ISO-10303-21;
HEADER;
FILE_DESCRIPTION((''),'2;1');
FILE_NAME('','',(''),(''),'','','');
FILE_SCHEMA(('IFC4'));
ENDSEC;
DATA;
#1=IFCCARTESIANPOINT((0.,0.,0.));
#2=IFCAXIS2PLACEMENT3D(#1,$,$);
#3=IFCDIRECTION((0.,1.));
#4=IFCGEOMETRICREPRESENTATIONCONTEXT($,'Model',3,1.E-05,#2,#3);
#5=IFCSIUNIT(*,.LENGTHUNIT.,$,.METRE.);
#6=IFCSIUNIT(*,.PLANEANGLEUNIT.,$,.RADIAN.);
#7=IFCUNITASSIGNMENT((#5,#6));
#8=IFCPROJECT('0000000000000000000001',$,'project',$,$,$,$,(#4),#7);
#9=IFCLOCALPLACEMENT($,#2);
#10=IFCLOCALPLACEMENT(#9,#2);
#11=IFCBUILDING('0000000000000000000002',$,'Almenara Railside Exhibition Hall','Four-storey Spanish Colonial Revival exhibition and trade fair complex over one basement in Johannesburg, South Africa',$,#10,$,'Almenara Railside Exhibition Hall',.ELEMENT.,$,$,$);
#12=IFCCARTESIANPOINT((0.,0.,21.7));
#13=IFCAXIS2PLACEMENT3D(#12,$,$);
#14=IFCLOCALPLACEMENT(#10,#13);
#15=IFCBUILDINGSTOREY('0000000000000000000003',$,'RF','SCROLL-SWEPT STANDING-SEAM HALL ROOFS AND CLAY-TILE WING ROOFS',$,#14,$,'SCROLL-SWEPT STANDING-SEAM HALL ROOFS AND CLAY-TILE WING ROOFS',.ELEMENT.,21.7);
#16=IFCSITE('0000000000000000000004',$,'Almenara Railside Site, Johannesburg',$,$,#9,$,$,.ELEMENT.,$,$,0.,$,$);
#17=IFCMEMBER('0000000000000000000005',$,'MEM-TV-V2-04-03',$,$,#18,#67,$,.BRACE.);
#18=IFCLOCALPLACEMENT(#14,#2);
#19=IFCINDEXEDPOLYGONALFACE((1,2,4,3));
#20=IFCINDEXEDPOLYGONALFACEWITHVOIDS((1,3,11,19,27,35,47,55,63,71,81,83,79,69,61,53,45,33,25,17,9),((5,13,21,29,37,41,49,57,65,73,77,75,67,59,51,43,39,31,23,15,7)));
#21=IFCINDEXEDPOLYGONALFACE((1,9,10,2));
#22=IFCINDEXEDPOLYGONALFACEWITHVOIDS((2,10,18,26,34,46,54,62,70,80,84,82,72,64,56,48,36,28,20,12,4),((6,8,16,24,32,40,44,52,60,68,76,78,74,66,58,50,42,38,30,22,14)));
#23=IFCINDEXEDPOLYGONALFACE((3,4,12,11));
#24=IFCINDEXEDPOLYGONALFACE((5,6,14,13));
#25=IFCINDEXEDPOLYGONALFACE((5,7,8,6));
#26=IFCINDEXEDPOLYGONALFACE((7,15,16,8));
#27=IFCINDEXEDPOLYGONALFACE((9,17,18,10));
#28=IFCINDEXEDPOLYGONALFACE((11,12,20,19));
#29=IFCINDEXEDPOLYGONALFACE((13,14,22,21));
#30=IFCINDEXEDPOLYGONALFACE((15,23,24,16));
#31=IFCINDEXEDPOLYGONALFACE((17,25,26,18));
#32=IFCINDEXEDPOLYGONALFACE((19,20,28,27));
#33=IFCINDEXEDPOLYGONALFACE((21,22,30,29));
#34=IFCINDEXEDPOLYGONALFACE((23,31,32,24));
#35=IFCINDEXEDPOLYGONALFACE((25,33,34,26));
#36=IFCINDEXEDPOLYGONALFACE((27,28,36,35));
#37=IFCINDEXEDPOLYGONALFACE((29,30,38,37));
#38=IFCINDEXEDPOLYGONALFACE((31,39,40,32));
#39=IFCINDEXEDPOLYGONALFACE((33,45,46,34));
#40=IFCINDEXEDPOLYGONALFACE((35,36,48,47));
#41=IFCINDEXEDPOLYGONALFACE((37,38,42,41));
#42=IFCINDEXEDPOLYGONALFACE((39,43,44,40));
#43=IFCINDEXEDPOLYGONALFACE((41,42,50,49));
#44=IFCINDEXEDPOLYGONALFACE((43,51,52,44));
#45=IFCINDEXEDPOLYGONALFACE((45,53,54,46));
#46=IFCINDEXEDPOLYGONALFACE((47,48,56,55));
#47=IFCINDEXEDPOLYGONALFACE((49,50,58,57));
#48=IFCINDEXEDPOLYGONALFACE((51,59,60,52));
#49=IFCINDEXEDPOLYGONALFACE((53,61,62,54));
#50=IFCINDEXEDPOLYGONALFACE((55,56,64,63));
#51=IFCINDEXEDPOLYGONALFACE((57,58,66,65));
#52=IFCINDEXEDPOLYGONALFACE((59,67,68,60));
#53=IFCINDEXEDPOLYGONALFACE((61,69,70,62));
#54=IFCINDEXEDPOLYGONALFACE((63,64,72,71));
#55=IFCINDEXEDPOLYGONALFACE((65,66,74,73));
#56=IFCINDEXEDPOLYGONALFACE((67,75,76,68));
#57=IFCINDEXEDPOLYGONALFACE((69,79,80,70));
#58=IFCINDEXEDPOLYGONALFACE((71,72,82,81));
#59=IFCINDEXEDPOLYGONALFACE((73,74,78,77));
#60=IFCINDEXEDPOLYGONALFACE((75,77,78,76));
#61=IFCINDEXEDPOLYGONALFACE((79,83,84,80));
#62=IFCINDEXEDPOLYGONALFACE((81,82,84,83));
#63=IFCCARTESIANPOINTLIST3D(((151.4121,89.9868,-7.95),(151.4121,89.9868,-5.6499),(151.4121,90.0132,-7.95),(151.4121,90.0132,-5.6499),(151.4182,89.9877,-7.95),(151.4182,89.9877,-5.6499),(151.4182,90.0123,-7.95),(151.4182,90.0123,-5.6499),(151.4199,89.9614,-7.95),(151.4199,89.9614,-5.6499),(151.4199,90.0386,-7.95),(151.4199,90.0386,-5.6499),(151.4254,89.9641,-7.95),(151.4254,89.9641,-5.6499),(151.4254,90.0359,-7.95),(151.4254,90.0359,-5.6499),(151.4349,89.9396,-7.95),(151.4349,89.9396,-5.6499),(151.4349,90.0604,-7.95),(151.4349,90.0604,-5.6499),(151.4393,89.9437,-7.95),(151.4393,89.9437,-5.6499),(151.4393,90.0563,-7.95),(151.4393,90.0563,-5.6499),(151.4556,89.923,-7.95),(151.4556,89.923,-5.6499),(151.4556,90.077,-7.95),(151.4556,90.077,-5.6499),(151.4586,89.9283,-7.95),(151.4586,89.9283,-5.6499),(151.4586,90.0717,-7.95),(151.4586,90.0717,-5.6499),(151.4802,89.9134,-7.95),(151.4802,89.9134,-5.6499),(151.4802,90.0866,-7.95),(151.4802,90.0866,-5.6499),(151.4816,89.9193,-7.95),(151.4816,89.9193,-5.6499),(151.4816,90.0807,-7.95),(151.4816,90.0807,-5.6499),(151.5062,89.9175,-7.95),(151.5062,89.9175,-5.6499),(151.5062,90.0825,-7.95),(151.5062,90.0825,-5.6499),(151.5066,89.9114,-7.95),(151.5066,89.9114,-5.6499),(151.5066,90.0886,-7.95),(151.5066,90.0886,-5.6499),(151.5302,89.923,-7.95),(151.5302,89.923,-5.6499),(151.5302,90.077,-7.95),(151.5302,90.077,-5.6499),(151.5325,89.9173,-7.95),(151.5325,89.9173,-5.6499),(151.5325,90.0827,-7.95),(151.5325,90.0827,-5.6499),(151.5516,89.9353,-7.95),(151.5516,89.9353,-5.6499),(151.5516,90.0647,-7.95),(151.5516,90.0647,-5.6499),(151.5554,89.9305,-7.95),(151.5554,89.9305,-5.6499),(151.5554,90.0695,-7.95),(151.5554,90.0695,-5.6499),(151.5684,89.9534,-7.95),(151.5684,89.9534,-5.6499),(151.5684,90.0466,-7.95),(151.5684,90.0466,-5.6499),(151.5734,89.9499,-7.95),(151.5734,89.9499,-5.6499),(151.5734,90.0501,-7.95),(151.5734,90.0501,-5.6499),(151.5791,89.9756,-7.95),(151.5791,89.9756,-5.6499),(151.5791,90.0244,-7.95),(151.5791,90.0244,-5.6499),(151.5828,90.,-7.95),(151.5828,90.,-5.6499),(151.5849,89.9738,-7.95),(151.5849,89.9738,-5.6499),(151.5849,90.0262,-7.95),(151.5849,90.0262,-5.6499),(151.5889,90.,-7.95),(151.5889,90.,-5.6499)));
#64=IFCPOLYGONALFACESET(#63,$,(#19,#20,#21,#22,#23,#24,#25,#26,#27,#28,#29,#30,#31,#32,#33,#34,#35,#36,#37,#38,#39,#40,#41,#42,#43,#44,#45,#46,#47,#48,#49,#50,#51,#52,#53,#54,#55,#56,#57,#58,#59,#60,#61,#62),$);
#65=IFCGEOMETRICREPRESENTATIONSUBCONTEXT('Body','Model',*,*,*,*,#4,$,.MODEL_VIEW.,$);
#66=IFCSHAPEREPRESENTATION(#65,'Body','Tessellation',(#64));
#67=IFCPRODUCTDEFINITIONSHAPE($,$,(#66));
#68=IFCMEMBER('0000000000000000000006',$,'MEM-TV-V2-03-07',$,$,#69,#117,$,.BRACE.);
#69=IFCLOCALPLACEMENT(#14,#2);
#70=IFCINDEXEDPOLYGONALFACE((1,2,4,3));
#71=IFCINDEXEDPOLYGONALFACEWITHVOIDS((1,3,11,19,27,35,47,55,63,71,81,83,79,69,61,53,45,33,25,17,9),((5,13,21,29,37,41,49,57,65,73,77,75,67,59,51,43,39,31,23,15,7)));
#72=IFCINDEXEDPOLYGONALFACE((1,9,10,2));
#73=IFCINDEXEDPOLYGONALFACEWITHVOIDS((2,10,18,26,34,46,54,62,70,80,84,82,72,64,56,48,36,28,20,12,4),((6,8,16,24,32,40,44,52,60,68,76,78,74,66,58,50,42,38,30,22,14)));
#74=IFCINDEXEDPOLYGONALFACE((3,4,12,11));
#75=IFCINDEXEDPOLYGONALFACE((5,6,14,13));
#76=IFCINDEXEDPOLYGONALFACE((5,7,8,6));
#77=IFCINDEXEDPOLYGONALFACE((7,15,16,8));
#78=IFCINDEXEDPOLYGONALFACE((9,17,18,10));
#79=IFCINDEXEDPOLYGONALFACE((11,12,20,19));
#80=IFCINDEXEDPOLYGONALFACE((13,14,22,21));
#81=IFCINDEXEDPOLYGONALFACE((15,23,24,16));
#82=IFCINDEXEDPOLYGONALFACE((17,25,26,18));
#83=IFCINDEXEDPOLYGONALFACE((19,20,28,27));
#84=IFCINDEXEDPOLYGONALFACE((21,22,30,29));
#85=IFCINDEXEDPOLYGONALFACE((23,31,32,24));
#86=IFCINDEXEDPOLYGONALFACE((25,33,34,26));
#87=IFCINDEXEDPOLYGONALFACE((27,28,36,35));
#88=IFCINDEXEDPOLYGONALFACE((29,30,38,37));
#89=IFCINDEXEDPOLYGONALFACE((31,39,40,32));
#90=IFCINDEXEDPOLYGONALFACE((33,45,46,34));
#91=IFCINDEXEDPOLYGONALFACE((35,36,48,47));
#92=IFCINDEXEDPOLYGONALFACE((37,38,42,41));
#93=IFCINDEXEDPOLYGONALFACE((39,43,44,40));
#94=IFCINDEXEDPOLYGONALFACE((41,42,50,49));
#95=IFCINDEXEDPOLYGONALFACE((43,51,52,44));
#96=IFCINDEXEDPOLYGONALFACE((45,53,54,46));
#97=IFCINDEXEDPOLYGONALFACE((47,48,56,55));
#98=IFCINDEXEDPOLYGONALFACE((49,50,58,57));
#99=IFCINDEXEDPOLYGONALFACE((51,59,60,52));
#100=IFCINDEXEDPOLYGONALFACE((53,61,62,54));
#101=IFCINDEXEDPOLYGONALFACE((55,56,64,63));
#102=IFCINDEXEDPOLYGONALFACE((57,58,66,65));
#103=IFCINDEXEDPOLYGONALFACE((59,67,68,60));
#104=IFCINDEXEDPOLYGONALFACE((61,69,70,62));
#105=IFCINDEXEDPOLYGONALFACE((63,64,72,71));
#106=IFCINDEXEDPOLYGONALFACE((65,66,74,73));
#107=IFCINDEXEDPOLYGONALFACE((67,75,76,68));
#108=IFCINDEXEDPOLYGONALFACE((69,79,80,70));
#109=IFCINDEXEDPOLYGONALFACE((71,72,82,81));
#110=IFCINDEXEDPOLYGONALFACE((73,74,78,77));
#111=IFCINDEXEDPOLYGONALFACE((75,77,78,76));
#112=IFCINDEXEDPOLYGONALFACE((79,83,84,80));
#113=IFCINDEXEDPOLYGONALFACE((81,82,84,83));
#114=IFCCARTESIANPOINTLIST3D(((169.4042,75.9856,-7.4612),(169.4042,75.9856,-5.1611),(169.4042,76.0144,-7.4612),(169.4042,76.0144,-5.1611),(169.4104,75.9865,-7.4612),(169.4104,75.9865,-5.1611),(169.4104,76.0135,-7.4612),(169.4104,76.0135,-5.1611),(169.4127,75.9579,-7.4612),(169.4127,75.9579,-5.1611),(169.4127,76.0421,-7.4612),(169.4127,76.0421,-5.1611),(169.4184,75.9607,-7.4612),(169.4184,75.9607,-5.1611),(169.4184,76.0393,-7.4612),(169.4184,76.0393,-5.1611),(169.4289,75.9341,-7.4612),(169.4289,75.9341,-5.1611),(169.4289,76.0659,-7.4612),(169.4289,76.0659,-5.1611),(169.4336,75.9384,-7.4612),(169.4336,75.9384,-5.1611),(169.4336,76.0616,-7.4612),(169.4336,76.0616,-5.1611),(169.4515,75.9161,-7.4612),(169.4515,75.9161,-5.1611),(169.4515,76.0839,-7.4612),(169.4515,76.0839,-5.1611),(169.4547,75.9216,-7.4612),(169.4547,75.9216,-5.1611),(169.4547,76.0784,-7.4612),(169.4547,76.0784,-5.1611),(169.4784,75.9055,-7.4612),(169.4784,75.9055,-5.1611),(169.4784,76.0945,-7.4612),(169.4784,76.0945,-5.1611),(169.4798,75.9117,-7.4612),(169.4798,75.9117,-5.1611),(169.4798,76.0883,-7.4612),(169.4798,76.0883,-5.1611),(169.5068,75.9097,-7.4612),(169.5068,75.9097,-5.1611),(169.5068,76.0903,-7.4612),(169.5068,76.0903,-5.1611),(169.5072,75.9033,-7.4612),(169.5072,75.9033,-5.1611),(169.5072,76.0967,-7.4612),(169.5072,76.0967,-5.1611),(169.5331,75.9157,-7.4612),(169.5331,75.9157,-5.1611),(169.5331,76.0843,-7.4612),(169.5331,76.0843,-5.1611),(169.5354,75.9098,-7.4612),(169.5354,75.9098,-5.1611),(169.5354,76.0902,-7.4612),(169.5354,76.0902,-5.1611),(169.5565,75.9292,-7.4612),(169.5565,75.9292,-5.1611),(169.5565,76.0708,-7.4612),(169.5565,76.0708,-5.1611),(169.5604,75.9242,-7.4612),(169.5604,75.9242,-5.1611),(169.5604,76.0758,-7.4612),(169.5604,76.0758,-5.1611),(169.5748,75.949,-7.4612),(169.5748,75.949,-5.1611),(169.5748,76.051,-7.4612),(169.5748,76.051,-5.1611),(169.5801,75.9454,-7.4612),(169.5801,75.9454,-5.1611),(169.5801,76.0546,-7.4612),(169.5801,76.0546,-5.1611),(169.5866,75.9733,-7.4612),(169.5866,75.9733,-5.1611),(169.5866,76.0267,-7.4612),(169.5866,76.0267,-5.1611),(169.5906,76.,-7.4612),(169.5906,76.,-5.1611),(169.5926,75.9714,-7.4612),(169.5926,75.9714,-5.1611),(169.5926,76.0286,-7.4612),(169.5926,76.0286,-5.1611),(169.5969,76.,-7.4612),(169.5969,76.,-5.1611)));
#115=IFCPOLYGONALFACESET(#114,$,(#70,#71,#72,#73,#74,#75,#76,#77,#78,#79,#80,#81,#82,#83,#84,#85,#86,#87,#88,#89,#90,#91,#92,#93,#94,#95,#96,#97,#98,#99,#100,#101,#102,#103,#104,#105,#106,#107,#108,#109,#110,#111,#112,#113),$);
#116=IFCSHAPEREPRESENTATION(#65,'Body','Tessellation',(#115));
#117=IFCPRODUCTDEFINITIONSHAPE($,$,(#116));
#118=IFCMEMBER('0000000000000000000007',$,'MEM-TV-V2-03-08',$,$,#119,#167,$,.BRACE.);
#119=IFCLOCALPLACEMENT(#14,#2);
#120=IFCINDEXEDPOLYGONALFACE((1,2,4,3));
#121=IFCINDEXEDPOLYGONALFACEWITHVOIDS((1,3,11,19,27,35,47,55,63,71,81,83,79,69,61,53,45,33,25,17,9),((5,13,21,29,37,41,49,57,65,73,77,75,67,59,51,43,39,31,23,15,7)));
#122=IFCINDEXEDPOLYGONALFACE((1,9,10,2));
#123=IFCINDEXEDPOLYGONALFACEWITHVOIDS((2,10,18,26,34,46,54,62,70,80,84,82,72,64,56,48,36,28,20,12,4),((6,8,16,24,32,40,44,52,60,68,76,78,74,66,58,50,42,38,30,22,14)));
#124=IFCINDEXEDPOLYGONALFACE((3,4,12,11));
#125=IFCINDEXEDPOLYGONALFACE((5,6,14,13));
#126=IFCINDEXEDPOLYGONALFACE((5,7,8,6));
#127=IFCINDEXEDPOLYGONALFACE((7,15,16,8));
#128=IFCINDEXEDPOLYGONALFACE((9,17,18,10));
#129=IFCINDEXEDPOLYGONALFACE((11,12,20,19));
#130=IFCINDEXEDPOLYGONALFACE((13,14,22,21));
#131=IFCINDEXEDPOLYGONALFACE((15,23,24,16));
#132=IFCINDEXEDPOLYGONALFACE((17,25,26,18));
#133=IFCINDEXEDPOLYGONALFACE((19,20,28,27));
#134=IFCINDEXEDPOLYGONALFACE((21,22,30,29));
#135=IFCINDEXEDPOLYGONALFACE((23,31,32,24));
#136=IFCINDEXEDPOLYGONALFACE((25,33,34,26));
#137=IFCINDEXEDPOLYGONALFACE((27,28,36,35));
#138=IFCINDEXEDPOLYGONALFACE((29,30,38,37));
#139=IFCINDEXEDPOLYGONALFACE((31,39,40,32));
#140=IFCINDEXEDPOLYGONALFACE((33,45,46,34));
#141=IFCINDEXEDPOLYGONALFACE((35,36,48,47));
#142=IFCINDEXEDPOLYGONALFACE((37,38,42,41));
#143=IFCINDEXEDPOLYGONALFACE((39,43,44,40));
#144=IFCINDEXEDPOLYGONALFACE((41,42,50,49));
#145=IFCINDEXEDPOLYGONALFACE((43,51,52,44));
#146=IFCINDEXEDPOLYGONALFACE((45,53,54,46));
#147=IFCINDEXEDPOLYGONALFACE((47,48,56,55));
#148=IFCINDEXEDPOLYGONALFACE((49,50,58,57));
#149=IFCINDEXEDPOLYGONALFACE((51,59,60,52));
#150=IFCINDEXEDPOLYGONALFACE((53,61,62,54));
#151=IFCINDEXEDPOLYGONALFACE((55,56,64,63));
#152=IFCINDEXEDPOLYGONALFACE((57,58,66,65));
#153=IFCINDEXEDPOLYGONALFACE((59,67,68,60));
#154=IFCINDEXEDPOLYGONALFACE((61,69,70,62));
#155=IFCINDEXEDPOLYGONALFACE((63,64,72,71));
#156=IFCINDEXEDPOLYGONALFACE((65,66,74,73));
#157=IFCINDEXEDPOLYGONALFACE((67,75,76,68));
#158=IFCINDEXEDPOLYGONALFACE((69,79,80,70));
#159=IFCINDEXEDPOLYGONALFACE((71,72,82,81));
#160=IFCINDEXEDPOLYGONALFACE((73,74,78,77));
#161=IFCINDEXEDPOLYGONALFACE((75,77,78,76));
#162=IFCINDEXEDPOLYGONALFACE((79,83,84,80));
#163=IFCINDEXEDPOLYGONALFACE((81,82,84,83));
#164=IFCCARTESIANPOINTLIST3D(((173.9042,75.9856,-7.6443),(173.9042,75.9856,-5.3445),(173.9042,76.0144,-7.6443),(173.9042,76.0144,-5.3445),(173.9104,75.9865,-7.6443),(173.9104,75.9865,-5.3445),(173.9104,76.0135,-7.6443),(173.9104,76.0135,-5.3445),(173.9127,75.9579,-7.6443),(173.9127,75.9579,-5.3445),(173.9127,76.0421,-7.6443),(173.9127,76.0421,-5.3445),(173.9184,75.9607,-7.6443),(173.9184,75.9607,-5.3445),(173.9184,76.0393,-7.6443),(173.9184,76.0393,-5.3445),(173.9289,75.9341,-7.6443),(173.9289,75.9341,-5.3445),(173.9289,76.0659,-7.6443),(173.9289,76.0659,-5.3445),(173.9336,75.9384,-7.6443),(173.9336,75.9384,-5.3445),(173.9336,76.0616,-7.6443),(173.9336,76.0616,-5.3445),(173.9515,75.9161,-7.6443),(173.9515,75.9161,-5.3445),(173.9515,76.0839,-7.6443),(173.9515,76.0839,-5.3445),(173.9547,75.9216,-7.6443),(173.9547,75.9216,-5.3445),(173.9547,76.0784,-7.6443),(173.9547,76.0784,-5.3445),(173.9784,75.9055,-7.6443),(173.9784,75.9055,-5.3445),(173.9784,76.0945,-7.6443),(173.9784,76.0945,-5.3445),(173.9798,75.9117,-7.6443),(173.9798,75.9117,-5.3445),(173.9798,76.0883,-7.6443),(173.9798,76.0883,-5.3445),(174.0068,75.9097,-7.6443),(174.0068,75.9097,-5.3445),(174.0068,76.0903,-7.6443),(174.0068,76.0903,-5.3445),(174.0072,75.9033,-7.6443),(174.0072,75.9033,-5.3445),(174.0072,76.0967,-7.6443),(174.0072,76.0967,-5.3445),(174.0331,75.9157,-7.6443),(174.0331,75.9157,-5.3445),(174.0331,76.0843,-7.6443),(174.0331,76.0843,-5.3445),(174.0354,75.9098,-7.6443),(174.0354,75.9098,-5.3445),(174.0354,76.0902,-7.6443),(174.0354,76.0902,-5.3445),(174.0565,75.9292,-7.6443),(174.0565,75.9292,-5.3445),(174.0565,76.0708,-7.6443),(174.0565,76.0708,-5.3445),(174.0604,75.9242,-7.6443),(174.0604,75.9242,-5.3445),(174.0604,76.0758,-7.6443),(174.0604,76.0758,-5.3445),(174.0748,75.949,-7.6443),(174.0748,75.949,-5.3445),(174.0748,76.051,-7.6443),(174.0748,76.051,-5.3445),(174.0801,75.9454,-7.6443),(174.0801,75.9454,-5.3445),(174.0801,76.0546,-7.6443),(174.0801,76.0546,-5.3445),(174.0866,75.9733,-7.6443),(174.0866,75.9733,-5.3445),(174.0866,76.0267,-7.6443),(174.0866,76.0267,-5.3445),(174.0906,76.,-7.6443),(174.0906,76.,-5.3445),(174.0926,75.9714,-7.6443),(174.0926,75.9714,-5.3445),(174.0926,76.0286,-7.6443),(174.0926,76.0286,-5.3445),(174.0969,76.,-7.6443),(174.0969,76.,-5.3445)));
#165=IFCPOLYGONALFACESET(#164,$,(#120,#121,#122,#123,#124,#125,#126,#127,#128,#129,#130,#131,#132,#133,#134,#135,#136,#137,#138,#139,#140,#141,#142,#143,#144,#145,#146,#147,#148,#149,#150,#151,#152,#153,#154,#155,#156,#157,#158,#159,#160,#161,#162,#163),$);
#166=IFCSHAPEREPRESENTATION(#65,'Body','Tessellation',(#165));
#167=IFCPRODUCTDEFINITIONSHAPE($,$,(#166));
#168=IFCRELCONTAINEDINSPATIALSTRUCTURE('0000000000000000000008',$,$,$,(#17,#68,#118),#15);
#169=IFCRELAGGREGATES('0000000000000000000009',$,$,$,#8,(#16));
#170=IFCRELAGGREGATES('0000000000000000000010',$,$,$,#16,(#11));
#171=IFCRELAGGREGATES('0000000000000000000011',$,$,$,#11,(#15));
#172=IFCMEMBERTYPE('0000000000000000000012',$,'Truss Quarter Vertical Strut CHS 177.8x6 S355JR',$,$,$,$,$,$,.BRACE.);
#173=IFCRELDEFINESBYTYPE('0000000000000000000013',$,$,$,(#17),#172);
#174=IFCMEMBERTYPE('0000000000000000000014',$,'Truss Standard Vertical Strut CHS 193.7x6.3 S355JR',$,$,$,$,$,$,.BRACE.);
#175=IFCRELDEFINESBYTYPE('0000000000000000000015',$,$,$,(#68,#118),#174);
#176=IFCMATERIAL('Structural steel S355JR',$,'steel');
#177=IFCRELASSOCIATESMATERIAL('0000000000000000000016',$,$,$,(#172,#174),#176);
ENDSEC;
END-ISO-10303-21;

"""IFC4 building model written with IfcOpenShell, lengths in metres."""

from ifc_helpers import new_model, si_unit, direction, frame, origin, origin_2d, place, context, subcontext, project, spatial, hollow_circle, extrude, material, material_profile, profile_set, type_object, element, save


model = new_model("IFC4")

# Units and contexts
model_context = context("Model", 3, precision=1e-05, world=origin(), true_north=direction((0.0, 1.0)))
body_context = subcontext(model_context, "Body", "Model", "MODEL_VIEW")
ifc_project = project(units=[si_unit("LENGTHUNIT", "METRE"), si_unit("PLANEANGLEUNIT", "RADIAN")], contexts=[model_context])

# Site, building, storey
site_placement = place(None, origin())
site = spatial("IfcSite", under=ifc_project, at=site_placement, Name="Almenara Railside Site, Johannesburg", CompositionType="ELEMENT", RefElevation=0.0)
building_placement = place(site_placement, origin())
building = spatial("IfcBuilding", under=site, at=building_placement, Name="Almenara Railside Exhibition Hall", Description="Four-storey Spanish Colonial Revival exhibition and trade fair complex over one basement in Johannesburg, South Africa", LongName="Almenara Railside Exhibition Hall", CompositionType="ELEMENT")
storey_placement = place(building_placement, frame((0.0, 0.0, 21.7)))
storey = spatial("IfcBuildingStorey", under=building, at=storey_placement, Name="RF", Description="SCROLL-SWEPT STANDING-SEAM HALL ROOFS AND CLAY-TILE WING ROOFS", LongName="SCROLL-SWEPT STANDING-SEAM HALL ROOFS AND CLAY-TILE WING ROOFS", CompositionType="ELEMENT", Elevation=21.7)

# Members
ifc_material_1 = material(Name="Structural steel S355JR", Category="steel")
ifc_material_profile_1 = material_profile(ifc_material_1, hollow_circle(Radius=0.0889, WallThickness=0.0061, at=origin_2d()), Name="CHS 177.8x6")
ifc_profile_set_1 = profile_set([ifc_material_profile_1], Name="Structural steel S355JR")
member_type_1 = type_object("IfcMemberType", Name="Truss Quarter Vertical Strut CHS 177.8x6 S355JR", PredefinedType="BRACE", material=ifc_profile_set_1)
member_1_placement = place(storey_placement, frame((151.5, 90.0, -7.95), z_axis=(0.0, 0.0, 1.0), x_axis=(1.0, 0.0, 0.0)))
element("IfcMember", 1, at=member_1_placement, inside=storey, type_object=member_type_1, Name="MEM-TV-V2-04-03", PredefinedType="BRACE", context=body_context, shape_type="SweptSolid", body=[
    extrude(hollow_circle(Radius=0.0889, WallThickness=0.0061, at=origin_2d()), origin(), (0.0, 0.0, 1.0), 2.3),
])
ifc_material_profile_2 = material_profile(ifc_material_1, hollow_circle(Radius=0.0969, WallThickness=0.0063, at=origin_2d()), Name="CHS 193.7x6.3")
ifc_profile_set_2 = profile_set([ifc_material_profile_2], Name="Structural steel S355JR")
member_type_2 = type_object("IfcMemberType", Name="Truss Standard Vertical Strut CHS 193.7x6.3 S355JR", PredefinedType="BRACE", material=ifc_profile_set_2)
member_2_placement = place(storey_placement, frame((169.5, 76.0, -7.4612), z_axis=(0.0, 0.0, 1.0), x_axis=(1.0, 0.0, 0.0)))
element("IfcMember", 2, at=member_2_placement, inside=storey, type_object=member_type_2, Name="MEM-TV-V2-03-07", PredefinedType="BRACE", context=body_context, shape_type="SweptSolid", body=[
    extrude(hollow_circle(Radius=0.0969, WallThickness=0.0063, at=origin_2d()), origin(), (0.0, 0.0, 1.0), 2.3),
])
for number, where, z_axis, x_axis, name in (
    (3, (174.0, 76.0, -7.6443), (0.0, 0.0, 1.0), (1.0, 0.0, 0.0), "MEM-TV-V2-03-08"),
):
    element("IfcMember", number, at=place(storey_placement, frame(where, z_axis=z_axis, x_axis=x_axis)), inside=storey, type_object=member_type_2, Name=name, PredefinedType="BRACE", context=body_context, shape_type="SweptSolid", body=[
        extrude(hollow_circle(Radius=0.0969, WallThickness=0.0063, at=origin_2d()), origin(), (0.0, 0.0, 1.0), 2.2998),
    ])

save(model, "model.ifc")
